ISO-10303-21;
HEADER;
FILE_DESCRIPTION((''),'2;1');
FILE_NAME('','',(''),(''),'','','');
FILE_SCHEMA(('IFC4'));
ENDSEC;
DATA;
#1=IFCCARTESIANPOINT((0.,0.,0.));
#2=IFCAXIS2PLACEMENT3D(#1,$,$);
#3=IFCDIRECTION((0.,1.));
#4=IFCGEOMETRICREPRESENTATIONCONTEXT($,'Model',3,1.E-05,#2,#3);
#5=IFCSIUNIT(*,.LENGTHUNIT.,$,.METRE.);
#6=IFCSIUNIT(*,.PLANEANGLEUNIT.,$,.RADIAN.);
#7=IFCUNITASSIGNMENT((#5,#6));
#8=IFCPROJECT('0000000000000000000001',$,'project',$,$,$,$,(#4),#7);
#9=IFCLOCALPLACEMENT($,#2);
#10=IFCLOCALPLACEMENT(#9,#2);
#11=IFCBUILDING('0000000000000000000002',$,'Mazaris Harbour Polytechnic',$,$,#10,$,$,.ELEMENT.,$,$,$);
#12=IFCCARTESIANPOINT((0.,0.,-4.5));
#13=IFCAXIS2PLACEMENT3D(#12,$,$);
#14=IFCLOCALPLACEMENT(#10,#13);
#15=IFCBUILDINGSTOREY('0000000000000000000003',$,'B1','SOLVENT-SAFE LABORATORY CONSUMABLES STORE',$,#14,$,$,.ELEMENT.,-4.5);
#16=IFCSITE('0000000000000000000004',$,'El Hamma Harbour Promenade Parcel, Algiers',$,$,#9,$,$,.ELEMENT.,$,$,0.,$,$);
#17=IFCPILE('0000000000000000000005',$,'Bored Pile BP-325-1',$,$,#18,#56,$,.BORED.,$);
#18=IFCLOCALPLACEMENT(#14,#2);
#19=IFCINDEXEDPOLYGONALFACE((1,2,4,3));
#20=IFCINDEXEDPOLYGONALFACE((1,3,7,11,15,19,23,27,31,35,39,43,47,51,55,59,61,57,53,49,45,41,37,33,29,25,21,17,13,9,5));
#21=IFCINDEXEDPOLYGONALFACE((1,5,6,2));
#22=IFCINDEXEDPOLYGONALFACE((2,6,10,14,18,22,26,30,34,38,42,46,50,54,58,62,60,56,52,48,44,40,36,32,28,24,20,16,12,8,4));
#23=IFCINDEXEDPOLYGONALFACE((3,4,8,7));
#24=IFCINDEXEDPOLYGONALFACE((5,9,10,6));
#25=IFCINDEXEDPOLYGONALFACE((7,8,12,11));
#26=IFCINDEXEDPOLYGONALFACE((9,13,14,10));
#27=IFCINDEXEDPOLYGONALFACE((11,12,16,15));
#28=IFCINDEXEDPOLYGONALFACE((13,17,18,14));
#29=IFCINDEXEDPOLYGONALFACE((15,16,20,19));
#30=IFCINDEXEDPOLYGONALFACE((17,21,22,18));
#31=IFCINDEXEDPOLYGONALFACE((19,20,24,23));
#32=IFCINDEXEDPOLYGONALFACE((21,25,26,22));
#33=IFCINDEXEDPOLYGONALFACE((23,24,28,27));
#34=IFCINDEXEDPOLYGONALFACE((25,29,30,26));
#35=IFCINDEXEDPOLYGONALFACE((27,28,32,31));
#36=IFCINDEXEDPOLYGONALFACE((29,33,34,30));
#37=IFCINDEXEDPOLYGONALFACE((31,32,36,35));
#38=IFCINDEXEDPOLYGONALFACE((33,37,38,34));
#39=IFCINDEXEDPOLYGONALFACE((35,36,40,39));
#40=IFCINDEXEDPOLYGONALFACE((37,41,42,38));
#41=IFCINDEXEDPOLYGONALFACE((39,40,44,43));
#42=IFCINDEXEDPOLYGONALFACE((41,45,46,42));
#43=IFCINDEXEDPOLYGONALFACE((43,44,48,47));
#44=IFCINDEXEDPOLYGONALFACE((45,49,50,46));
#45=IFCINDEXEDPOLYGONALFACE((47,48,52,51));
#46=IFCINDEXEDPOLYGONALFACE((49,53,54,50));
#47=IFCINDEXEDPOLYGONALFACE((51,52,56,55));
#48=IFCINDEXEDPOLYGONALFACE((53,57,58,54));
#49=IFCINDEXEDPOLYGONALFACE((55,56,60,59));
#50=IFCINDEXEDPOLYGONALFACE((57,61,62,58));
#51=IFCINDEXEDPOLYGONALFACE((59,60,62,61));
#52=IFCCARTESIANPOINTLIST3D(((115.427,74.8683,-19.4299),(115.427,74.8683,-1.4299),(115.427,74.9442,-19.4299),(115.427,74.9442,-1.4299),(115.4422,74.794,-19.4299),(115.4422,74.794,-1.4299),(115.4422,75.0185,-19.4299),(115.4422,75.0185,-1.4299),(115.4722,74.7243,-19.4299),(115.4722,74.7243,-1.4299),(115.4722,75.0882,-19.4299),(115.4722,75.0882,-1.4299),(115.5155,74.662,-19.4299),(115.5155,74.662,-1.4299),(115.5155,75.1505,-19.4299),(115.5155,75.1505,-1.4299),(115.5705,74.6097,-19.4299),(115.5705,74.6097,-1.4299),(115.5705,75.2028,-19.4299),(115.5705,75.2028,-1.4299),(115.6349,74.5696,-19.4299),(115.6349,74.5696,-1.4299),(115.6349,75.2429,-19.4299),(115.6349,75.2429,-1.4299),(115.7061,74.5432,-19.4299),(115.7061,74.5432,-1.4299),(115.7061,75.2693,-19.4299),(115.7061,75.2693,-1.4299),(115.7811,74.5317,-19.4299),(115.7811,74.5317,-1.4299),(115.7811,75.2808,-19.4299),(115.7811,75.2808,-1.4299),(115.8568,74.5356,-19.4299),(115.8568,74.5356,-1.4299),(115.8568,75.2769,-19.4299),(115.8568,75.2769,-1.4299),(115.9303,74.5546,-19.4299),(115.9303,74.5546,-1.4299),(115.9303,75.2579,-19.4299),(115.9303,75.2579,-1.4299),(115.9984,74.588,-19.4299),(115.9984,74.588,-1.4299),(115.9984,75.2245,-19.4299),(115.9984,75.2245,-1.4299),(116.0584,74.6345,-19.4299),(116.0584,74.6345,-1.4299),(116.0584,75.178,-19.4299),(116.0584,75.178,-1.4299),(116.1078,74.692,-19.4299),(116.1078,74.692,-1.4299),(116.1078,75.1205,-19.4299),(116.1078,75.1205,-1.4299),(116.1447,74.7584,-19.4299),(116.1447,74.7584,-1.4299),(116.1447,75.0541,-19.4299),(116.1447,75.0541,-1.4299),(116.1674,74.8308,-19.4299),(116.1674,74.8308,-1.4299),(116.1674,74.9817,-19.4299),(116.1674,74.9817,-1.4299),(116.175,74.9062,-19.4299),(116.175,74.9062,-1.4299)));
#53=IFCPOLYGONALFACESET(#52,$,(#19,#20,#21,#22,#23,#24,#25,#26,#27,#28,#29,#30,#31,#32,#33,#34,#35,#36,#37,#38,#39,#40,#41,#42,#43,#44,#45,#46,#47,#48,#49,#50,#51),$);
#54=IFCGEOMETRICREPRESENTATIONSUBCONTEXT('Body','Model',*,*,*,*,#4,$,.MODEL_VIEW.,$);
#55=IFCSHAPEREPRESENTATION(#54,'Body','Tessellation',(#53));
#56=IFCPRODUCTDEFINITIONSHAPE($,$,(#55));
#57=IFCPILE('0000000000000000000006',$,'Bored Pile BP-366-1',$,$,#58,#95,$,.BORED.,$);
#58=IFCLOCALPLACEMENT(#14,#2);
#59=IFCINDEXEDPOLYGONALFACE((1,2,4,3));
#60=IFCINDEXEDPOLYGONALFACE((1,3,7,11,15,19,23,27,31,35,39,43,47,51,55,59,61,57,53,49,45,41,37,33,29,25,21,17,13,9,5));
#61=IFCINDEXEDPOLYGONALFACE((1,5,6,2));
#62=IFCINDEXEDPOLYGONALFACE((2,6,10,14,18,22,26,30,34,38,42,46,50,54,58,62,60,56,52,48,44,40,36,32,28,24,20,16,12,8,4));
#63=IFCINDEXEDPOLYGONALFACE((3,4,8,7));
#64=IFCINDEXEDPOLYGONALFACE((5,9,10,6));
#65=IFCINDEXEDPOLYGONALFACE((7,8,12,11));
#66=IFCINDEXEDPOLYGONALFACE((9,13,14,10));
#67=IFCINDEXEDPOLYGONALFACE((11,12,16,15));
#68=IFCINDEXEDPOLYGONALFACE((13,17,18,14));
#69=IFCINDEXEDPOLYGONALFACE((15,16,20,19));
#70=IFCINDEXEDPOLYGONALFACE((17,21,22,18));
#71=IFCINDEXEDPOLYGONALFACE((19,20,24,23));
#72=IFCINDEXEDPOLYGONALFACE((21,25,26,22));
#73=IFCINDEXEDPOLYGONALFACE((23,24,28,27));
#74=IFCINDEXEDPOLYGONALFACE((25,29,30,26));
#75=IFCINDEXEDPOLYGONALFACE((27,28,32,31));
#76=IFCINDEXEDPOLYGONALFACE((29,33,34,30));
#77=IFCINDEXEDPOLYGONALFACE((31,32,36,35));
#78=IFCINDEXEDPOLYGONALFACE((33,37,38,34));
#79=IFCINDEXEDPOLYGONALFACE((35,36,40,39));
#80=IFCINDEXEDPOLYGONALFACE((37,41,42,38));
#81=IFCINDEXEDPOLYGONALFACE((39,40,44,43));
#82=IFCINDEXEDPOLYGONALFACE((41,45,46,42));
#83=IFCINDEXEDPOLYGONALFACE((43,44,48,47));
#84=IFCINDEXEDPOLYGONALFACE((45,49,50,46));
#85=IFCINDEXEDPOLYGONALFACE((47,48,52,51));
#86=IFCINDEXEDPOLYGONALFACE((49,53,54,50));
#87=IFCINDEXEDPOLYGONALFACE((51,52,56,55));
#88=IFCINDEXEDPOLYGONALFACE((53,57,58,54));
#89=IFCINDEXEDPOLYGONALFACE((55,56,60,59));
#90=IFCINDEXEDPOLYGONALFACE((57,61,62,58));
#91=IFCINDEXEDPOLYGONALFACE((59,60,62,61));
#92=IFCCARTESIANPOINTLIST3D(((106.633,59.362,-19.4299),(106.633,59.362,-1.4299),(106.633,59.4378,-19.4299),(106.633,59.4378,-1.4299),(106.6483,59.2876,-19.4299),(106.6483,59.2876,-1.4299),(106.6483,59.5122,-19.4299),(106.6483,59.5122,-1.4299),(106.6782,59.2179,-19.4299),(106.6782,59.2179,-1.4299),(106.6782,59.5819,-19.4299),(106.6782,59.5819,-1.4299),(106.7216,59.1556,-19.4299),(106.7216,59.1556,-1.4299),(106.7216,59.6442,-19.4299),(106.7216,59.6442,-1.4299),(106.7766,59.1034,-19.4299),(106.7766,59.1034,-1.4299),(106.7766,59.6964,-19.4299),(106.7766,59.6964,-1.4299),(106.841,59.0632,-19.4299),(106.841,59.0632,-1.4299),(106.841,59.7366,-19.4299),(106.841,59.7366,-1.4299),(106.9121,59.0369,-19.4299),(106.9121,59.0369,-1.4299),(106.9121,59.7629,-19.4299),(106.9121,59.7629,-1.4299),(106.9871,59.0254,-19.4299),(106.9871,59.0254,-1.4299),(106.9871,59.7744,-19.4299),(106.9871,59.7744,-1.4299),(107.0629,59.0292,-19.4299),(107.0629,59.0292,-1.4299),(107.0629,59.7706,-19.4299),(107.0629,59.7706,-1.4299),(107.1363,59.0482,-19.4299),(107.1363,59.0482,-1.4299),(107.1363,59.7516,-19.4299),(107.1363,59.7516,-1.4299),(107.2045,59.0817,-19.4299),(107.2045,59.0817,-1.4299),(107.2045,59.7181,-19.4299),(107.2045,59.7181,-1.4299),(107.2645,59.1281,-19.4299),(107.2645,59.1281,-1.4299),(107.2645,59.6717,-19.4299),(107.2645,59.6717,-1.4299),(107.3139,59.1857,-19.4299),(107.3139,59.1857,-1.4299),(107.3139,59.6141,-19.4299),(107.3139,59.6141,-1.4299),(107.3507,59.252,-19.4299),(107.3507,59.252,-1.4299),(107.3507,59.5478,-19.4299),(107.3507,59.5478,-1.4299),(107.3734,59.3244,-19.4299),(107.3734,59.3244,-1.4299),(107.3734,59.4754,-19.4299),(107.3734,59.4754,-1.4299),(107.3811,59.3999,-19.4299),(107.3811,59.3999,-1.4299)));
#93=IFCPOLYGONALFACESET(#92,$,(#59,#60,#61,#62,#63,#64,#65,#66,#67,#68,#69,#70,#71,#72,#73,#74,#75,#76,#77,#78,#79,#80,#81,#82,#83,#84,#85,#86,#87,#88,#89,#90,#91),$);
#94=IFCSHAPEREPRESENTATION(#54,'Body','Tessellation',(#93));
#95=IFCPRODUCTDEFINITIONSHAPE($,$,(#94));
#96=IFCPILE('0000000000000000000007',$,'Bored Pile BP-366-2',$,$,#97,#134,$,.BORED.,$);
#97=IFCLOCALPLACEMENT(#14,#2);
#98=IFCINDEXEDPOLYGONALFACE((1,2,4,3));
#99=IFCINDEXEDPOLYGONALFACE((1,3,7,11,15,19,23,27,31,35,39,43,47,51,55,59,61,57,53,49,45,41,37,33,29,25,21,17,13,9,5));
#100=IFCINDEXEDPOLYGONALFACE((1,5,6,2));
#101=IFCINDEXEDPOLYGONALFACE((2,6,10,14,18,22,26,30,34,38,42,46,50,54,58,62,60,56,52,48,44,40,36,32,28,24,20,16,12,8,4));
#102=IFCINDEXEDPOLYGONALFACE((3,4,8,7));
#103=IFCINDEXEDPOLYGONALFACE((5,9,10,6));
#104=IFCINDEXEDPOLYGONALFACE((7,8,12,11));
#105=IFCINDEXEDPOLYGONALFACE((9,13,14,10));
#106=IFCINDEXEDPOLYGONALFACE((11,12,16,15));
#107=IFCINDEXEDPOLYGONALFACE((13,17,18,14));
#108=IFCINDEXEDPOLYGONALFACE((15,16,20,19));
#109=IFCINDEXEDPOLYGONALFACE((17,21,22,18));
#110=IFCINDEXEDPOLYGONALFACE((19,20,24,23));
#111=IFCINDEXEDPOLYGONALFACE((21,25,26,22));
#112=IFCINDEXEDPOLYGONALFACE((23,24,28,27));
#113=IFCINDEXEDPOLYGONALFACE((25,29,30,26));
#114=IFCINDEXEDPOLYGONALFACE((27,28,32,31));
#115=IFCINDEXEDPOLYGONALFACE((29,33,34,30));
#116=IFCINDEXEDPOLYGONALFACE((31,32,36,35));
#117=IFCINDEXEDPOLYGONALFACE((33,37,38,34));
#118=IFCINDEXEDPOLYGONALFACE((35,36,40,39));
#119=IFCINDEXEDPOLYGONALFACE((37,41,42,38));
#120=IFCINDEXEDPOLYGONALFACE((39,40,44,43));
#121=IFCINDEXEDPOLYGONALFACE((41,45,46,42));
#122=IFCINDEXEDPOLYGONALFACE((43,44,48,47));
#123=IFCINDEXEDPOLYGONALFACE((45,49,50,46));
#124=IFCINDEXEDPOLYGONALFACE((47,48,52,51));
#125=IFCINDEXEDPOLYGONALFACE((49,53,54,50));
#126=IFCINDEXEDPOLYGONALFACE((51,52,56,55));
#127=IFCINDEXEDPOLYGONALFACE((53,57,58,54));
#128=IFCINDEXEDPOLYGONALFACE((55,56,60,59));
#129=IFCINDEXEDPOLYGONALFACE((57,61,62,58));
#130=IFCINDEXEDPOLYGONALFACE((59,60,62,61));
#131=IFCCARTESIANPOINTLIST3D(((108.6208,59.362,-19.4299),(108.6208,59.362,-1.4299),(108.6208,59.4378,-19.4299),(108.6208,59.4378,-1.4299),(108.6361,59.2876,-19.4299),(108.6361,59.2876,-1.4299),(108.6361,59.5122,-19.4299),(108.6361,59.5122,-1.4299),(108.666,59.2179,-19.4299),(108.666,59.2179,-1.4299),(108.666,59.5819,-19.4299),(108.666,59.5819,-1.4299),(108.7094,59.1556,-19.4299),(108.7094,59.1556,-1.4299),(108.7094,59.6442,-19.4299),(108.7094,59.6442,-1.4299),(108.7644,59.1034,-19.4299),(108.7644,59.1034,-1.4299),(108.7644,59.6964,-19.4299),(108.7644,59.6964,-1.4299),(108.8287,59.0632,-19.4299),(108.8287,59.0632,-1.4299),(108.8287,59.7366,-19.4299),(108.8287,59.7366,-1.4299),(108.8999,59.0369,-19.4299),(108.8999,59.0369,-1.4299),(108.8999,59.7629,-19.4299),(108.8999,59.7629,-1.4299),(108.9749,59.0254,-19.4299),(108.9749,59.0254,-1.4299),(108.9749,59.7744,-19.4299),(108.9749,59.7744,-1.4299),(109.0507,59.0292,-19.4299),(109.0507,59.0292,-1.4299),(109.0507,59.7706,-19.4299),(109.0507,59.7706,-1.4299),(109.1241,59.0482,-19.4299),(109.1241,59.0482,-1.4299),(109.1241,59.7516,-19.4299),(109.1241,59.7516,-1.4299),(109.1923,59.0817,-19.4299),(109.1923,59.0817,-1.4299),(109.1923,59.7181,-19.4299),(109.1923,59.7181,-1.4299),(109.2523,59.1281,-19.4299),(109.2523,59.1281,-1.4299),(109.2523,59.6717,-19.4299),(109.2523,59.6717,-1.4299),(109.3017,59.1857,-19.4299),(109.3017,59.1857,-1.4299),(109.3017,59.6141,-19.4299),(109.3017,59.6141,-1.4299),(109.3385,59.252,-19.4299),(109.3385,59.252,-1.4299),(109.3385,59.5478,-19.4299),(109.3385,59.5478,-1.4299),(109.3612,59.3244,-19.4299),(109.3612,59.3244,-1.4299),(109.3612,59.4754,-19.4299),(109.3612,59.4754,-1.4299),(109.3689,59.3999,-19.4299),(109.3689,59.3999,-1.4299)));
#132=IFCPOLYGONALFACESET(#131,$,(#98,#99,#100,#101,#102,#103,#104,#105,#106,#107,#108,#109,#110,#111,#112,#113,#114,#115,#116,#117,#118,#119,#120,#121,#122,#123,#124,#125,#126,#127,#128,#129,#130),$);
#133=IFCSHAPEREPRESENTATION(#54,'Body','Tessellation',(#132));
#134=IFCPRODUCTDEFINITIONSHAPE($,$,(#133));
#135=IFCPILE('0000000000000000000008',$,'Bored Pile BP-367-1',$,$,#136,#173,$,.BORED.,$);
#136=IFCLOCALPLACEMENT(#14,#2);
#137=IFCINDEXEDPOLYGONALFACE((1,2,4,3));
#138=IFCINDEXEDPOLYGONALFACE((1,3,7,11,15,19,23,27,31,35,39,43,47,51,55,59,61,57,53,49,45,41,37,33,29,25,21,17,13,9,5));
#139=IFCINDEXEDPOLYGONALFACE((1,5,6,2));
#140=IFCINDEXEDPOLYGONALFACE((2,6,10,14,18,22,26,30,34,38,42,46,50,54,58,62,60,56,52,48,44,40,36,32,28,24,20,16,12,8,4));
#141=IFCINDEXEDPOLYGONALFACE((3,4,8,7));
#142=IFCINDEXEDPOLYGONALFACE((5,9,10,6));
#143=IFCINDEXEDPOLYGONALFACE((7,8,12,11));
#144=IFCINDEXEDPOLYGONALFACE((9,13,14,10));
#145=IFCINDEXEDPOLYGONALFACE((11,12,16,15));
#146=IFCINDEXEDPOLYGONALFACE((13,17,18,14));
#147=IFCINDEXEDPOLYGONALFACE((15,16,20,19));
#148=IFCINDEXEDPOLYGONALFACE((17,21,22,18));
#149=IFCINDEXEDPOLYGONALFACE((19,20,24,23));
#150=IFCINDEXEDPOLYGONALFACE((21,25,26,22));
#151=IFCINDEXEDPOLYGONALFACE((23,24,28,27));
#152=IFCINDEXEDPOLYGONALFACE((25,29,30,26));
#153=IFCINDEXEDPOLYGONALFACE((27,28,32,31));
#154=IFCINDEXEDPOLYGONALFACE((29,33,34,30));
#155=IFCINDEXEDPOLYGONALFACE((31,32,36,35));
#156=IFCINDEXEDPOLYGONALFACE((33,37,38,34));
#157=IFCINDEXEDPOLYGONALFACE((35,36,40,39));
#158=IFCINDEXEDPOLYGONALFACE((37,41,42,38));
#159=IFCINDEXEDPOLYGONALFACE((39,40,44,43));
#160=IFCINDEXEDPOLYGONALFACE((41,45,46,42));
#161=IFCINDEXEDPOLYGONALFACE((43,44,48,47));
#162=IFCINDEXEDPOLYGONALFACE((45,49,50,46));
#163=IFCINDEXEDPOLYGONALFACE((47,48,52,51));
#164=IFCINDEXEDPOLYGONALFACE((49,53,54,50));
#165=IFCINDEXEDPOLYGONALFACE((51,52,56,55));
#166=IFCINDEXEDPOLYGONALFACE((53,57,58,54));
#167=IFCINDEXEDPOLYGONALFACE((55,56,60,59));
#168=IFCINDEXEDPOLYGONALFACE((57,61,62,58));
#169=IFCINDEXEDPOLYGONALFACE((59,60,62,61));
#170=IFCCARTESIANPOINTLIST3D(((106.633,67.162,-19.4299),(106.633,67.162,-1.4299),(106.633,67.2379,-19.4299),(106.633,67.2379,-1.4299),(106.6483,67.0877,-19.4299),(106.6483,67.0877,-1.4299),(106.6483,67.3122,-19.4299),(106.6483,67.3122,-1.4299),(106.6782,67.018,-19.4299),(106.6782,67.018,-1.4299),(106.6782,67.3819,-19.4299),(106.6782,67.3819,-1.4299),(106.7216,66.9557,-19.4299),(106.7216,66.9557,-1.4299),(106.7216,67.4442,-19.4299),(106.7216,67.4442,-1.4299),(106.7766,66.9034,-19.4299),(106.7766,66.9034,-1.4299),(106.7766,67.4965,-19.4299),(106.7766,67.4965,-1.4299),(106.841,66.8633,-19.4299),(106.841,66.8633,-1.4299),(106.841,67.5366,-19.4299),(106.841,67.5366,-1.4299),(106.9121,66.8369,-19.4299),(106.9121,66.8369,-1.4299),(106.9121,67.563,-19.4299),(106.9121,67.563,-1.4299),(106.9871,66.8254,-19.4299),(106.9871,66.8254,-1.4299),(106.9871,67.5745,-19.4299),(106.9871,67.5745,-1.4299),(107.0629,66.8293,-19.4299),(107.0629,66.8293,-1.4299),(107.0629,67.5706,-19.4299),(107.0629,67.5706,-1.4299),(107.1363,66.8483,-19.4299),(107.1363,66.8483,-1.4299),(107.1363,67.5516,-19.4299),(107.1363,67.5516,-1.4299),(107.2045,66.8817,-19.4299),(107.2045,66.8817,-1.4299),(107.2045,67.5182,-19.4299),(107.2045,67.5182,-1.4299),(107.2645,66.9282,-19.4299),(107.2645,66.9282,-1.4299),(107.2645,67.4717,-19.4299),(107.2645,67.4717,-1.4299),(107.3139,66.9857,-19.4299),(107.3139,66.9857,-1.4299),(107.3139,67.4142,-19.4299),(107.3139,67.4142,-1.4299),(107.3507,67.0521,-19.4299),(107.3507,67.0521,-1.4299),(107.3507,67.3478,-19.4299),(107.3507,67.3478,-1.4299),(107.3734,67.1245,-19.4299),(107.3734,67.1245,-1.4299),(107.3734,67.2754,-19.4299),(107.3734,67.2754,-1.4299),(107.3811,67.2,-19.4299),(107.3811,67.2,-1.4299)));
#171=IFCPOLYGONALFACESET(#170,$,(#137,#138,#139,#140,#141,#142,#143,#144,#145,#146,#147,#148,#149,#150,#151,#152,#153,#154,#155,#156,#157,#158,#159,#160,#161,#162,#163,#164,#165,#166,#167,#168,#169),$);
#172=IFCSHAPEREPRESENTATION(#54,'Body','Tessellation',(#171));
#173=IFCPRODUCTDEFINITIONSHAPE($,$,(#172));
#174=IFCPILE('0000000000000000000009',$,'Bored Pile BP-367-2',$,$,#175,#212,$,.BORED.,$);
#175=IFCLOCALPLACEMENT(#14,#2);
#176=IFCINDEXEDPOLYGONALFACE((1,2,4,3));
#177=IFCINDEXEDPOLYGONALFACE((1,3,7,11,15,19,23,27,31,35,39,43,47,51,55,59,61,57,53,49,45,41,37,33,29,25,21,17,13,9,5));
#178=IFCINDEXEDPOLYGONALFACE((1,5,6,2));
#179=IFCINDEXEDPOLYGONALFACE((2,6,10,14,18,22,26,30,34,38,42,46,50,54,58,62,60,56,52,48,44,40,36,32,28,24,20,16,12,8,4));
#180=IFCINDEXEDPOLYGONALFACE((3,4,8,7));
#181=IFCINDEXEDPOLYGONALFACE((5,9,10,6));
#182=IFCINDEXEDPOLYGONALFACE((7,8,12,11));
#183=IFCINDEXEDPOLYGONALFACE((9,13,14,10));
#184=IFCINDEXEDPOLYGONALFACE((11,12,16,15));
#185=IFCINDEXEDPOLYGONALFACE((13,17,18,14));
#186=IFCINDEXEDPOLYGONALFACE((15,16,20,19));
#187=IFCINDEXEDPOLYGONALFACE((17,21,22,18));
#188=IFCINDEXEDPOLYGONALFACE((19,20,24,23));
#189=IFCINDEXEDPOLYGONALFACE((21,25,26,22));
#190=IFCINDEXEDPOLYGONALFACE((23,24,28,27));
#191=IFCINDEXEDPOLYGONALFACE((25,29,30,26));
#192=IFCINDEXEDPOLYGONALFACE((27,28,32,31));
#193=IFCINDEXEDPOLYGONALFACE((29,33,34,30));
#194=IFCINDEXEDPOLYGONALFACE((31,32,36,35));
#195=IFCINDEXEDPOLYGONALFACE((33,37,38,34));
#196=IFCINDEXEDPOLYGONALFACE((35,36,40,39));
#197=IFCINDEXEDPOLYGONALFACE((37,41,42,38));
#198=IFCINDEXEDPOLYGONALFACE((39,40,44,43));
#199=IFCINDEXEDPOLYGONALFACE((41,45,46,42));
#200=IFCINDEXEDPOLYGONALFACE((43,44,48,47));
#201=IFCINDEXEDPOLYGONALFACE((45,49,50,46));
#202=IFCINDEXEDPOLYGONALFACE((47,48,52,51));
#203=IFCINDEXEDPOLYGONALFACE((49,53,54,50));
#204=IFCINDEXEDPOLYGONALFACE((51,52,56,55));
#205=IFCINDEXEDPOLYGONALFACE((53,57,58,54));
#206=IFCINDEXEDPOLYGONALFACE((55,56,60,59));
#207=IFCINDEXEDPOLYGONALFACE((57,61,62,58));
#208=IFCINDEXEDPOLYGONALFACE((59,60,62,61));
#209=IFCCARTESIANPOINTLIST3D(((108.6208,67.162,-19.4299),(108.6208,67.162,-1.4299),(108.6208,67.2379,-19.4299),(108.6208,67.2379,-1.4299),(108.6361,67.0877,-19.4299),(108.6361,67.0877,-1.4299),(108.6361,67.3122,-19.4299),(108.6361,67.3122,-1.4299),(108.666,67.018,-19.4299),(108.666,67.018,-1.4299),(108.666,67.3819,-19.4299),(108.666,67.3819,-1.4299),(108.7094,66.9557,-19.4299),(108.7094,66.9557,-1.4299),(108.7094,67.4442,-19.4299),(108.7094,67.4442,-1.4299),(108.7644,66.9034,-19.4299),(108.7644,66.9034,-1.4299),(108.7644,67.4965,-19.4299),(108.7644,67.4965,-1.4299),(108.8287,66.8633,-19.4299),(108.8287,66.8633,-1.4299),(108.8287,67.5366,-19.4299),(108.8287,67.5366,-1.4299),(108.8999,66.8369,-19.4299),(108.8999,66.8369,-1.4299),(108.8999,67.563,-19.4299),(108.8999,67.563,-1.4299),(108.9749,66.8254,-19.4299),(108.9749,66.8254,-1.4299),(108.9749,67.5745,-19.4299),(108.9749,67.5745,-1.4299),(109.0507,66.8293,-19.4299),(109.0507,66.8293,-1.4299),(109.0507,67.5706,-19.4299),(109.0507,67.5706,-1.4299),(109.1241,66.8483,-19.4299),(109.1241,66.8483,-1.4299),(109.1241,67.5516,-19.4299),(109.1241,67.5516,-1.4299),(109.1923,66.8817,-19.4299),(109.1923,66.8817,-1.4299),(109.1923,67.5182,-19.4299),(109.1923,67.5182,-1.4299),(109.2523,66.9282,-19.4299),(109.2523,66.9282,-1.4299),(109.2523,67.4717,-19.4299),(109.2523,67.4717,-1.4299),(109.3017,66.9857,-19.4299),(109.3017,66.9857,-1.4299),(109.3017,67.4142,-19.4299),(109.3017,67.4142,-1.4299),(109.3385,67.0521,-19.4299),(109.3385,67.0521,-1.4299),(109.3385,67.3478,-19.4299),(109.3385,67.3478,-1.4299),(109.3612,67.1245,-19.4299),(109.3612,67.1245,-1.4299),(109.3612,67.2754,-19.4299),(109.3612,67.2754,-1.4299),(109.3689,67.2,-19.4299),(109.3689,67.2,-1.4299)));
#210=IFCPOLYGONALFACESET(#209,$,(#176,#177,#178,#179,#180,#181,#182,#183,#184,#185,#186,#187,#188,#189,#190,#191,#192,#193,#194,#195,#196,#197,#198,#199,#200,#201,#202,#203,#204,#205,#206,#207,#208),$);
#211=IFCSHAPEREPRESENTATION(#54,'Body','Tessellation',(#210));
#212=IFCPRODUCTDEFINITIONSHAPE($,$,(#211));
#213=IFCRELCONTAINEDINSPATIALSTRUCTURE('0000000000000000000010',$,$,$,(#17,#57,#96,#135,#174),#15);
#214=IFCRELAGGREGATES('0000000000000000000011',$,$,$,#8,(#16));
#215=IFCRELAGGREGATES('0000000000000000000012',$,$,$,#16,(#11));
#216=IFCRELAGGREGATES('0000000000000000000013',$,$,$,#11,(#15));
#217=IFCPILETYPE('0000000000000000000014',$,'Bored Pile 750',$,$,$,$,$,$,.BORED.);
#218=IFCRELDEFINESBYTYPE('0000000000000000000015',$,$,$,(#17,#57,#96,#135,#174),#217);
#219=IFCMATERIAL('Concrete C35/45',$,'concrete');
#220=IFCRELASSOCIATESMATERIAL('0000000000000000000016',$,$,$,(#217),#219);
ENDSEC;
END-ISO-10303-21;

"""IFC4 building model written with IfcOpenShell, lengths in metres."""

from ifc_helpers import new_model, si_unit, direction, frame, origin, origin_2d, place, context, subcontext, project, spatial, circle, extrude, material, material_profile, profile_set, type_object, element, save


model = new_model("IFC4")

# Units and contexts
model_context = context("Model", 3, precision=1e-05, world=origin(), true_north=direction((0.0, 1.0)))
body_context = subcontext(model_context, "Body", "Model", "MODEL_VIEW")
ifc_project = project(units=[si_unit("LENGTHUNIT", "METRE"), si_unit("PLANEANGLEUNIT", "RADIAN")], contexts=[model_context])

# Site, building, storey
site_placement = place(None, origin())
site = spatial("IfcSite", under=ifc_project, at=site_placement, Name="El Hamma Harbour Promenade Parcel, Algiers", CompositionType="ELEMENT", RefElevation=0.0)
building_placement = place(site_placement, origin())
building = spatial("IfcBuilding", under=site, at=building_placement, Name="Mazaris Harbour Polytechnic", CompositionType="ELEMENT")
storey_placement = place(building_placement, frame((0.0, 0.0, -4.5)))
storey = spatial("IfcBuildingStorey", under=building, at=storey_placement, Name="B1", Description="SOLVENT-SAFE LABORATORY CONSUMABLES STORE", CompositionType="ELEMENT", Elevation=-4.5)

# Piles
ifc_material_1 = material(Name="Concrete C35/45", Category="concrete")
ifc_material_profile_1 = material_profile(ifc_material_1, circle(Radius=0.375, at=origin_2d()), Name="DIA750")
ifc_profile_set_1 = profile_set([ifc_material_profile_1], Name="Concrete C35/45")
pile_type_1 = type_object("IfcPileType", Name="Bored Pile 750", PredefinedType="BORED", material=ifc_profile_set_1)
for number, where, z_axis, x_axis, name in (
    (1, (115.8, 74.9062, -1.4299), (0.0, 0.0, -1.0), (1.0, 0.0, 0.0), "Bored Pile BP-325-1"),
    (2, (107.0061, 59.3999, -1.4299), (0.0, 0.0, -1.0), (1.0, 0.0, 0.0), "Bored Pile BP-366-1"),
    (3, (108.9939, 59.3999, -1.4299), (0.0, 0.0, -1.0), (1.0, 0.0, 0.0), "Bored Pile BP-366-2"),
    (4, (107.0061, 67.2, -1.4299), (0.0, 0.0, -1.0), (1.0, 0.0, 0.0), "Bored Pile BP-367-1"),
    (5, (108.9939, 67.2, -1.4299), (0.0, 0.0, -1.0), (1.0, 0.0, 0.0), "Bored Pile BP-367-2"),
):
    element("IfcPile", number, at=place(storey_placement, frame(where, z_axis=z_axis, x_axis=x_axis)), inside=storey, type_object=pile_type_1, Name=name, PredefinedType="BORED", context=body_context, shape_type="SweptSolid", body=[
        extrude(circle(Radius=0.375, at=origin_2d()), origin(), (0.0, 0.0, 1.0), 18.0),
    ])

save(model, "model.ifc")
